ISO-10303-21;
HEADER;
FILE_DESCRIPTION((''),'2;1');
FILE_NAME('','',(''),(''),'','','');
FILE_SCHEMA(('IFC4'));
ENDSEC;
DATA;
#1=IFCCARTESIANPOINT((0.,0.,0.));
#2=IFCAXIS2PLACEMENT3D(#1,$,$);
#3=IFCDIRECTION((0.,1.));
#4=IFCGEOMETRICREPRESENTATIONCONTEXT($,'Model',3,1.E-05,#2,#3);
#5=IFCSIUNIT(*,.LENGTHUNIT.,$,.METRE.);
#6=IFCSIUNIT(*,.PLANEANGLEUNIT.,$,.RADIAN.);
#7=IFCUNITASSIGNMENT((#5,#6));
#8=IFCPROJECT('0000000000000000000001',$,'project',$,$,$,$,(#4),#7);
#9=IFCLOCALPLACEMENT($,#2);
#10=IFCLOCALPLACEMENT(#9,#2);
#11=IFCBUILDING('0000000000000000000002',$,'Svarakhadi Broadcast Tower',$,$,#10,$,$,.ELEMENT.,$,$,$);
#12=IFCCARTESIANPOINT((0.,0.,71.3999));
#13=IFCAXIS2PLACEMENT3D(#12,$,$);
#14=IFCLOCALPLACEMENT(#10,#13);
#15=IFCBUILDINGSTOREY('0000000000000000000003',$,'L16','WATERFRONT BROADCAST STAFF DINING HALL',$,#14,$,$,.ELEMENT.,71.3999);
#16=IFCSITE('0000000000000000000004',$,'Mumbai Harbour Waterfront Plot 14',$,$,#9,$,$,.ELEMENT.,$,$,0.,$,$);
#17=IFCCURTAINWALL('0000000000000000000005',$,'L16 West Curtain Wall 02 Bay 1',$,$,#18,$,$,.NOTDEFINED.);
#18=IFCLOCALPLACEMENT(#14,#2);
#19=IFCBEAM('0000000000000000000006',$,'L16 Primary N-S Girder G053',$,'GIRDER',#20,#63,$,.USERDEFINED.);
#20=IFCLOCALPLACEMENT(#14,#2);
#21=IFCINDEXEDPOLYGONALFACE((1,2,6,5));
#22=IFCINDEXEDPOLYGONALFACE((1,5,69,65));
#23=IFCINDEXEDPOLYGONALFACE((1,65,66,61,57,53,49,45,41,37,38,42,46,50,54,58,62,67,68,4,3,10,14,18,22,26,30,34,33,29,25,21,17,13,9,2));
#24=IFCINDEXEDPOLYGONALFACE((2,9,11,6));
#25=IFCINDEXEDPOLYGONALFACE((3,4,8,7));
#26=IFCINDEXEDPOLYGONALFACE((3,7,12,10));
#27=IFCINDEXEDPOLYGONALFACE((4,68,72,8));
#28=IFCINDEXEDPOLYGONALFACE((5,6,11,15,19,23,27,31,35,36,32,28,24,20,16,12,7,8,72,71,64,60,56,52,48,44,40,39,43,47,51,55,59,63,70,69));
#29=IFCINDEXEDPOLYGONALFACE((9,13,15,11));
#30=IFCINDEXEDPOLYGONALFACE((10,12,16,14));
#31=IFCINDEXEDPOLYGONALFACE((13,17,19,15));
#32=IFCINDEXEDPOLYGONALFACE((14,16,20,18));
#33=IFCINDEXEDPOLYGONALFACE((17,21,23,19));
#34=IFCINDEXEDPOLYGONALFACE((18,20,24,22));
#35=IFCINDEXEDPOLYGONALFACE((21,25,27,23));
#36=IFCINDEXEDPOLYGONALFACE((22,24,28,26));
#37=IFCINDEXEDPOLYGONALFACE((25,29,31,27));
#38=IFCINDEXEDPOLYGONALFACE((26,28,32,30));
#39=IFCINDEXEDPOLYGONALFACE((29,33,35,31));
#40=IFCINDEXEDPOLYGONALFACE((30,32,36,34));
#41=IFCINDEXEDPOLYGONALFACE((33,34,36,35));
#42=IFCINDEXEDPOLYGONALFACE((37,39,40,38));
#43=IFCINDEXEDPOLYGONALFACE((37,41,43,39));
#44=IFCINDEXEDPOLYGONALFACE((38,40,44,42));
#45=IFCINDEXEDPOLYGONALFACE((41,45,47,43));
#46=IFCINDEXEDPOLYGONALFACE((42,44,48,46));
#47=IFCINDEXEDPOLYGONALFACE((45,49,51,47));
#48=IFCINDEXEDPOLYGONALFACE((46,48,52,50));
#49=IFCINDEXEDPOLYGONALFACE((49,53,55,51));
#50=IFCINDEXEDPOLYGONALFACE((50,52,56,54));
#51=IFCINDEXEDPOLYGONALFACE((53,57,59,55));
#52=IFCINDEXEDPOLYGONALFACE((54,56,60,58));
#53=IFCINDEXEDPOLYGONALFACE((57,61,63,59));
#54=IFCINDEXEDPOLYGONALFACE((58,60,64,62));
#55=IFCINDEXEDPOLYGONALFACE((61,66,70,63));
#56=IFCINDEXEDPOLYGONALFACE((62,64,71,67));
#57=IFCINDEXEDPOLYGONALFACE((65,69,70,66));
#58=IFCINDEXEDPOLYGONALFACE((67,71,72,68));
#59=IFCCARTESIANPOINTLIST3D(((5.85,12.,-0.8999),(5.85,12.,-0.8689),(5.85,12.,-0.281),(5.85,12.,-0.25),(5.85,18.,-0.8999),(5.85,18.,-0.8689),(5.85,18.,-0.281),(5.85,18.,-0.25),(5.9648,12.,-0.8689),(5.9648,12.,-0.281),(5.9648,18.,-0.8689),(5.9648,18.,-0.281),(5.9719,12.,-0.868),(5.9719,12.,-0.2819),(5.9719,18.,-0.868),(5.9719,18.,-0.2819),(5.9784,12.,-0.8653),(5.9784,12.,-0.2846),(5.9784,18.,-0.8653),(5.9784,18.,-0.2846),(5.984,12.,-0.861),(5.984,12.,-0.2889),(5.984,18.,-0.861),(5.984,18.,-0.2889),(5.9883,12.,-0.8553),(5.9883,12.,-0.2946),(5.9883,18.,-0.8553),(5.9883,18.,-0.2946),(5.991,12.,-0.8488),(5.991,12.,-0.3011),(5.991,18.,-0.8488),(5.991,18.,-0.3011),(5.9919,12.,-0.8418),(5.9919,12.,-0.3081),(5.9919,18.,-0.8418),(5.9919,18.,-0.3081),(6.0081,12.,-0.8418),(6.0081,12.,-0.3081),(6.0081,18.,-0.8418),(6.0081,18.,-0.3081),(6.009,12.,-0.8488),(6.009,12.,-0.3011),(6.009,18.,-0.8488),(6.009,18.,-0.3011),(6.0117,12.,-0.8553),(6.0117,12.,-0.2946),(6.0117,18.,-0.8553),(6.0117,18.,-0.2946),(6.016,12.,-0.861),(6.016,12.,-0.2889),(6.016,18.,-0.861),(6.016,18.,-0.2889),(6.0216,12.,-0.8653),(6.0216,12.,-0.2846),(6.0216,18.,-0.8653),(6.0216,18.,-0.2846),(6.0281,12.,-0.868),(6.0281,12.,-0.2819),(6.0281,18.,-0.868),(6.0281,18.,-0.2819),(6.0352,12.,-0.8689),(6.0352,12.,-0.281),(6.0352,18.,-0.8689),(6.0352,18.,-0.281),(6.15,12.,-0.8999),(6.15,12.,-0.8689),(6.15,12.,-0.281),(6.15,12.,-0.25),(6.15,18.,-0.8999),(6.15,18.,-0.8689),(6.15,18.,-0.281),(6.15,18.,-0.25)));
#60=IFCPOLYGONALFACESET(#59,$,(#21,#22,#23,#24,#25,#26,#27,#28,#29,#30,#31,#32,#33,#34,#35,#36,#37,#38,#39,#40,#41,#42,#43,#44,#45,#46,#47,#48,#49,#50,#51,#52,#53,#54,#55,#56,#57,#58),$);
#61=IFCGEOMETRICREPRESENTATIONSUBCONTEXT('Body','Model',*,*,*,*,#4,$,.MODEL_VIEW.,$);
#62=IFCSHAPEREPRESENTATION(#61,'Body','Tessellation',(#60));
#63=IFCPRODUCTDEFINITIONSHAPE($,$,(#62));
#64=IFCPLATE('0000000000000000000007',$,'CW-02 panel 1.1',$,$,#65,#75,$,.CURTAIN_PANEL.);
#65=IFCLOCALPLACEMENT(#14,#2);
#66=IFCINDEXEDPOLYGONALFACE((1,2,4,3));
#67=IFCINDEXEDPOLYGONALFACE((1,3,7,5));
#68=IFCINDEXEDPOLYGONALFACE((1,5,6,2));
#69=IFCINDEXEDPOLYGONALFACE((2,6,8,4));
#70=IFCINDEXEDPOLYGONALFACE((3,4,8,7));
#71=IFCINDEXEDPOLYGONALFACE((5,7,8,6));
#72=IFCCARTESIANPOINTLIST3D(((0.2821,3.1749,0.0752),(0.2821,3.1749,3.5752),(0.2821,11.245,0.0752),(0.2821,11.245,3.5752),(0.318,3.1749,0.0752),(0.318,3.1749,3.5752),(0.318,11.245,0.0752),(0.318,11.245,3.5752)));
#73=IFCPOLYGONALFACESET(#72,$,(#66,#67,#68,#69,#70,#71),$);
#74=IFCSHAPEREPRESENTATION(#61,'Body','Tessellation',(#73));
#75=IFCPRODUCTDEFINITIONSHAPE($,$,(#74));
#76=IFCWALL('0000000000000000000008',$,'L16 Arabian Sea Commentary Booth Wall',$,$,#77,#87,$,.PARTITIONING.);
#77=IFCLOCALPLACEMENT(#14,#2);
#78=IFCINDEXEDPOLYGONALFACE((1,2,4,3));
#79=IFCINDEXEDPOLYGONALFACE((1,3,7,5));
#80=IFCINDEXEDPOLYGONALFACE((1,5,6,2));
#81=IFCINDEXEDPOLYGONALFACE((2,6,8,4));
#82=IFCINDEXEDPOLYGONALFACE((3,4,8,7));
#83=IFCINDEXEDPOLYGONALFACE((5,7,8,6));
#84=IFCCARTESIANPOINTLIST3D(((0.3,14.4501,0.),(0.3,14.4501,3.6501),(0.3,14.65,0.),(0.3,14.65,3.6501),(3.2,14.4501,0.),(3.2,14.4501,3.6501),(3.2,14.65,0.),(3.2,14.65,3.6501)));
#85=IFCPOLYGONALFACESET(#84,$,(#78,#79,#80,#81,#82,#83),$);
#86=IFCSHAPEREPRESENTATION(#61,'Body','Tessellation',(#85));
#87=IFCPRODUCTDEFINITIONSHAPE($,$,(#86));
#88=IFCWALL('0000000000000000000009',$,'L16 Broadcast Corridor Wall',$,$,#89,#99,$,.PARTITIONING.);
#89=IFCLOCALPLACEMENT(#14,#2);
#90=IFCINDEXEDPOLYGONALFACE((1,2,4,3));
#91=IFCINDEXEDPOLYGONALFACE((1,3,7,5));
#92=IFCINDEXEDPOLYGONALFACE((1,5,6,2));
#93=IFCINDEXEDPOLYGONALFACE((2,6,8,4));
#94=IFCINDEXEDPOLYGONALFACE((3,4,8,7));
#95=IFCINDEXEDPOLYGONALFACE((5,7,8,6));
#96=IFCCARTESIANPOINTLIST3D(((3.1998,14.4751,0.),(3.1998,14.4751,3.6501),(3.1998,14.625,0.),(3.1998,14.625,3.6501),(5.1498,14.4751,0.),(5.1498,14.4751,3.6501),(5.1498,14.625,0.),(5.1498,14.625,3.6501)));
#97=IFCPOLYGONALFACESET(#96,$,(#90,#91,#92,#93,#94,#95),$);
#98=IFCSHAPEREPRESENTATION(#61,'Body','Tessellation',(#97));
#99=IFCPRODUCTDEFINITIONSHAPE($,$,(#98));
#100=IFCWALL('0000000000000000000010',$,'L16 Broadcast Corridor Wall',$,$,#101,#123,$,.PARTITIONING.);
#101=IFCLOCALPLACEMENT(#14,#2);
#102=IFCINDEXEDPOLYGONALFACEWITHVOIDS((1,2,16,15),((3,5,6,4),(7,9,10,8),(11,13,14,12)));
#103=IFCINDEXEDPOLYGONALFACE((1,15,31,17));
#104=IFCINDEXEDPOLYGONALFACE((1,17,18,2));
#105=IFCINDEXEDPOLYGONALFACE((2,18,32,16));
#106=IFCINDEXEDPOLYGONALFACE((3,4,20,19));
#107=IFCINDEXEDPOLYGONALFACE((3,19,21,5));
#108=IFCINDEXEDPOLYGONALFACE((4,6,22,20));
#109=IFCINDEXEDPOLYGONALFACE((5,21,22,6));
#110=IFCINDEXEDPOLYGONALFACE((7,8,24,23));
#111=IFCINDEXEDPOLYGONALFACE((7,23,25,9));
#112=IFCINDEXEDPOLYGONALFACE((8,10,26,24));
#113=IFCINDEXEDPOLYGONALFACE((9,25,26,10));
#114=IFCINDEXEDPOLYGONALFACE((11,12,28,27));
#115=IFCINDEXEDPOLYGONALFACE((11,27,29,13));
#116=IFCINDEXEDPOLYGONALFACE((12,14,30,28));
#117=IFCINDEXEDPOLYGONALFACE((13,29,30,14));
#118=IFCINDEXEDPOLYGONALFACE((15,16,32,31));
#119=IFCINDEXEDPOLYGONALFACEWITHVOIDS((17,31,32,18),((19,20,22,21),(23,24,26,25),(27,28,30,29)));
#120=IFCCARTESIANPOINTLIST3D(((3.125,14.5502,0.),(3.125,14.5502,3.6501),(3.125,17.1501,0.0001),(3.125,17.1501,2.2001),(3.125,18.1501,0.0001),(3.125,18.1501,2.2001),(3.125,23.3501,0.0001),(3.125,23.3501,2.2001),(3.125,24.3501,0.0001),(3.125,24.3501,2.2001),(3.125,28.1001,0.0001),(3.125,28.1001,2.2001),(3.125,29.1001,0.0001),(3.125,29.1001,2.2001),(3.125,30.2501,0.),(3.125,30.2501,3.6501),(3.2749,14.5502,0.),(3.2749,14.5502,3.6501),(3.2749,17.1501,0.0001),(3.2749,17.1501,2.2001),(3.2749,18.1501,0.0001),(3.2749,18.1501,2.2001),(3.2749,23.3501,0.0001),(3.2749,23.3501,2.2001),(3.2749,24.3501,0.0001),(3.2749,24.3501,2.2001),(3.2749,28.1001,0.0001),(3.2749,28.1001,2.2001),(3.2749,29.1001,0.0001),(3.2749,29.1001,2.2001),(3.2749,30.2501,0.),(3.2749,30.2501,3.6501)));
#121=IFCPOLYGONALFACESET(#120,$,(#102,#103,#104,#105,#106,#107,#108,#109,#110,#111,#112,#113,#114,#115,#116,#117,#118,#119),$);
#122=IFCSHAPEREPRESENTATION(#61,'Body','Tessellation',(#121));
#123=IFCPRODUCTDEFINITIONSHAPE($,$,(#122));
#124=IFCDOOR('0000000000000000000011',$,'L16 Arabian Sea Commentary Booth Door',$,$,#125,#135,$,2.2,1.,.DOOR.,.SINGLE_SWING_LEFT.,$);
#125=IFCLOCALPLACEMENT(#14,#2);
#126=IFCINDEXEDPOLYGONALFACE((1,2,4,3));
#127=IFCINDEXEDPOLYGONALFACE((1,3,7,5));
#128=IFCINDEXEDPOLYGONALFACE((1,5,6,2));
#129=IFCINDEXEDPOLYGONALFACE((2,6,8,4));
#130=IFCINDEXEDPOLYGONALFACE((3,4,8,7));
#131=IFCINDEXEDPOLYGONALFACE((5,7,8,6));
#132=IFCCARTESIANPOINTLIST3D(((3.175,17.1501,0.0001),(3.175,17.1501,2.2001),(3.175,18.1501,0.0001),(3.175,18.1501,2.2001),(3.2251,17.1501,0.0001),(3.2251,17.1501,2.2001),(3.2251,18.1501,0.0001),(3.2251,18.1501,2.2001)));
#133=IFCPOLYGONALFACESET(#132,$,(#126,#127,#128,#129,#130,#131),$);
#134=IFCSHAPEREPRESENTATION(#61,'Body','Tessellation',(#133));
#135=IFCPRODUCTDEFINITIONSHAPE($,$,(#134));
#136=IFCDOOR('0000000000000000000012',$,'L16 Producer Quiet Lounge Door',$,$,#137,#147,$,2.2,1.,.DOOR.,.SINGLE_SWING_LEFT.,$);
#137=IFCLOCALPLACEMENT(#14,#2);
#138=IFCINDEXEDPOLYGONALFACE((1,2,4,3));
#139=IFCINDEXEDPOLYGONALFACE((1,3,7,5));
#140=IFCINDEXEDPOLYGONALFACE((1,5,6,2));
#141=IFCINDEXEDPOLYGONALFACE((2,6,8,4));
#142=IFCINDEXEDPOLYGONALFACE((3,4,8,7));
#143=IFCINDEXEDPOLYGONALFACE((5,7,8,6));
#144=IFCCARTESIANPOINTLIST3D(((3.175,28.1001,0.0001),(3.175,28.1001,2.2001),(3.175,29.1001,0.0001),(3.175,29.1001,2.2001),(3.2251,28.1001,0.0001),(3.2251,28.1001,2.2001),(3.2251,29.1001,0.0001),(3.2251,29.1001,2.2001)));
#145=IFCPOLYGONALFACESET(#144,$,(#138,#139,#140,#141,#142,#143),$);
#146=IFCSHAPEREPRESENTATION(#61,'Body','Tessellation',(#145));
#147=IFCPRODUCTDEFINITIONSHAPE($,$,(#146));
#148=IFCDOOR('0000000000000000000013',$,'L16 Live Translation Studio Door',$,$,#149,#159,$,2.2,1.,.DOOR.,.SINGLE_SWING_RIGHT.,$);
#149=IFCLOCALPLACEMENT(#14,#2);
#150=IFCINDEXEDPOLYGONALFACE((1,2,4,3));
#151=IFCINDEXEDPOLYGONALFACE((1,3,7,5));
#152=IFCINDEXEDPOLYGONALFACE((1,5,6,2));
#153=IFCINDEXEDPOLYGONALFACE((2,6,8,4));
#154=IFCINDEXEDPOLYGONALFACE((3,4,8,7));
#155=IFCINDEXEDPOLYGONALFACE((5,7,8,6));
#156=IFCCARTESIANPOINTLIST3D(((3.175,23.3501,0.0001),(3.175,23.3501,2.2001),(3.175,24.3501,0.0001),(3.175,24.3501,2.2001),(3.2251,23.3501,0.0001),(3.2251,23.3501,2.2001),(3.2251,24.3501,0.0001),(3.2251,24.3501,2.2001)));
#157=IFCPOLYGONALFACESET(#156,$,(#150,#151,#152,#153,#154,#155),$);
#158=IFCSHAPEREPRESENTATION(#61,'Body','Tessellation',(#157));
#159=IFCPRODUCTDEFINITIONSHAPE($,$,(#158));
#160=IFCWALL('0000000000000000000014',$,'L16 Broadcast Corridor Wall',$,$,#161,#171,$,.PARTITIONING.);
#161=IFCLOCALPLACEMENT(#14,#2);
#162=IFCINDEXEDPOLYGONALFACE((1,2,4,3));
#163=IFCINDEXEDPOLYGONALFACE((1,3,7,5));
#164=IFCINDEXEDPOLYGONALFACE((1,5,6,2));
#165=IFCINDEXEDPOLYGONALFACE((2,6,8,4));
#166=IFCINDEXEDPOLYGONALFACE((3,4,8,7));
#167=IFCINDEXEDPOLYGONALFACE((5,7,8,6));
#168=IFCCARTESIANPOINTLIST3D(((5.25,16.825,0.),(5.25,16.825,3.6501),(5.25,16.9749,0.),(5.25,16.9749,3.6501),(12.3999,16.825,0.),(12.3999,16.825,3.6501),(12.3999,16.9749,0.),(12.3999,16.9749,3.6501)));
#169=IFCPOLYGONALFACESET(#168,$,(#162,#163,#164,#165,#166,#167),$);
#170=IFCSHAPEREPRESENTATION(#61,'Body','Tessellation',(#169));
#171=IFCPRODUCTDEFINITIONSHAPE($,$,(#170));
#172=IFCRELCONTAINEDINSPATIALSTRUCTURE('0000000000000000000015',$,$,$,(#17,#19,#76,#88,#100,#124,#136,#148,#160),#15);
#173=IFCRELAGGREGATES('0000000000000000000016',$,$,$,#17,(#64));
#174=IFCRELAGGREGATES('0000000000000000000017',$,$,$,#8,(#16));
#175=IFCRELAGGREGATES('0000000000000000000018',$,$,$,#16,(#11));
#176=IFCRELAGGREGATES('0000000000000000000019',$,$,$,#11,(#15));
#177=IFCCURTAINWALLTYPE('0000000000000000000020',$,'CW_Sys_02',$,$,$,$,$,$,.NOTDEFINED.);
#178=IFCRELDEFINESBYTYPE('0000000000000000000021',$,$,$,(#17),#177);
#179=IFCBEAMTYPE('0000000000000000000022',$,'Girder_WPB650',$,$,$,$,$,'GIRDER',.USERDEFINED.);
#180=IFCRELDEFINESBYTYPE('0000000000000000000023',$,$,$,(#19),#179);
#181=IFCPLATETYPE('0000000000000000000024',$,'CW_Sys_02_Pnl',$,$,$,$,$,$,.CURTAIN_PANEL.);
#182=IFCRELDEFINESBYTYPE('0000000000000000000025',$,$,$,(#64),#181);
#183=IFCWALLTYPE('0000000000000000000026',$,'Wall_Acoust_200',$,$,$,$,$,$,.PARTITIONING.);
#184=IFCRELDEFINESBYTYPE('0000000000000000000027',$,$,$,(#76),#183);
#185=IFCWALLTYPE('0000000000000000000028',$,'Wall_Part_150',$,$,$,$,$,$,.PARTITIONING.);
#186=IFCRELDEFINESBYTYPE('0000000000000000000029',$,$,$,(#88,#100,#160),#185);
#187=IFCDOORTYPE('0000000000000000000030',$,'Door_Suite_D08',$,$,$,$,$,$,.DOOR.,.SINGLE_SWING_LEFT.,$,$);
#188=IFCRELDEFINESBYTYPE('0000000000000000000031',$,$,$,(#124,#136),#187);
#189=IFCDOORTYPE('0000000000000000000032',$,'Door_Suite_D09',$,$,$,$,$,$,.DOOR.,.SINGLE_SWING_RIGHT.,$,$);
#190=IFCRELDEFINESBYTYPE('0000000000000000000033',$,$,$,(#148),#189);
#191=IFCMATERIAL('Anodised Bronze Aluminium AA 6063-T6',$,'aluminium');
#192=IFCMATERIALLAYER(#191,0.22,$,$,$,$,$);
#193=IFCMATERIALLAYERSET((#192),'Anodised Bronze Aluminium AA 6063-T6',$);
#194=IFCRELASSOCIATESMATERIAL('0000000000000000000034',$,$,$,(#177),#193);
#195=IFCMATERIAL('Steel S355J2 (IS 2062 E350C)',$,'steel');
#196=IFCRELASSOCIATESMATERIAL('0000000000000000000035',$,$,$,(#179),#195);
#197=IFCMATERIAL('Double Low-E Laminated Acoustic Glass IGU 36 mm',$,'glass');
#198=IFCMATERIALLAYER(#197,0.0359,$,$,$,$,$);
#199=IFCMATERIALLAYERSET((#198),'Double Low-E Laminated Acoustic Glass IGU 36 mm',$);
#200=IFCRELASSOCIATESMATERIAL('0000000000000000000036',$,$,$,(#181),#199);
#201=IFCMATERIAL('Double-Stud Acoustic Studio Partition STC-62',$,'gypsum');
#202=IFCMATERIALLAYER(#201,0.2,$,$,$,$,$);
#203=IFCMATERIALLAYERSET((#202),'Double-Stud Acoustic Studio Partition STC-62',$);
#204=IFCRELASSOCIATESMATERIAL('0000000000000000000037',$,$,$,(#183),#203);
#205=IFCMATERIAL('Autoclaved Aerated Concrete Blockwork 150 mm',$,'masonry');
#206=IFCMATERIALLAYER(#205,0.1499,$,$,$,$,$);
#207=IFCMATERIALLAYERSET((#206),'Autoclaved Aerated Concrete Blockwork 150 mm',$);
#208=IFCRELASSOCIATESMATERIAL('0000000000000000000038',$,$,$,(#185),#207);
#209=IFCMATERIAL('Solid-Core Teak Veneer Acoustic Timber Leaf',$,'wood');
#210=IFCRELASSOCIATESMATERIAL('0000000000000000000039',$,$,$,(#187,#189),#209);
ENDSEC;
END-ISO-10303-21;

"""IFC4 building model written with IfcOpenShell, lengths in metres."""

from ifc_helpers import new_model, si_unit, direction, frame, frame_2d, origin, origin_2d, place, context, subcontext, project, spatial, rectangle, i_section, extrude, material, layer, layer_set, material_profile, profile_set, type_object, element, fill, aggregate, save


model = new_model("IFC4")

# Units and contexts
model_context = context("Model", 3, precision=1e-05, world=origin(), true_north=direction((0.0, 1.0)))
body_context = subcontext(model_context, "Body", "Model", "MODEL_VIEW")
ifc_project = project(units=[si_unit("LENGTHUNIT", "METRE"), si_unit("PLANEANGLEUNIT", "RADIAN")], contexts=[model_context])

# Site, building, storey
site_placement = place(None, origin())
site = spatial("IfcSite", under=ifc_project, at=site_placement, Name="Mumbai Harbour Waterfront Plot 14", CompositionType="ELEMENT", RefElevation=0.0)
building_placement = place(site_placement, origin())
building = spatial("IfcBuilding", under=site, at=building_placement, Name="Svarakhadi Broadcast Tower", CompositionType="ELEMENT")
storey_placement = place(building_placement, frame((0.0, 0.0, 71.3999)))
storey = spatial("IfcBuildingStorey", under=building, at=storey_placement, Name="L16", Description="WATERFRONT BROADCAST STAFF DINING HALL", CompositionType="ELEMENT", Elevation=71.3999)

# Shared definitions
ifc_material_1 = material(Name="Steel S355J2 (IS 2062 E350C)", Category="steel")

# Curtain wall
ifc_material_2 = material(Name="Anodised Bronze Aluminium AA 6063-T6", Category="aluminium")
ifc_layer_1 = layer(ifc_material_2, 0.22)
ifc_layer_set_1 = layer_set([ifc_layer_1], Name="Anodised Bronze Aluminium AA 6063-T6")
curtain_wall_type = type_object("IfcCurtainWallType", Name="CW_Sys_02", PredefinedType="NOTDEFINED", material=ifc_layer_set_1)
curtain_wall_1_placement = place(storey_placement, origin())
curtain_wall_1 = element("IfcCurtainWall", 1, at=curtain_wall_1_placement, inside=storey, type_object=curtain_wall_type, Name="L16 West Curtain Wall 02 Bay 1", PredefinedType="NOTDEFINED")

# Beam
ifc_material_profile_1 = material_profile(ifc_material_1, i_section(OverallWidth=0.3, OverallDepth=0.6499, WebThickness=0.0161, FlangeThickness=0.031, FilletRadius=0.0271, at=origin_2d()), Name="WPB 650x300x225")
ifc_profile_set_1 = profile_set([ifc_material_profile_1], Name="Steel S355J2 (IS 2062 E350C)")
beam_type_1 = type_object("IfcBeamType", Name="Girder_WPB650", ElementType="GIRDER", PredefinedType="USERDEFINED", material=ifc_profile_set_1)
for number, where, z_axis, x_axis, name in (
    (2, (6.0, 12.0, -0.575), (0.0, 1.0, 0.0), (-1.0, 0.0, 0.0), "L16 Primary N-S Girder G053"),
):
    element("IfcBeam", number, at=place(storey_placement, frame(where, z_axis=z_axis, x_axis=x_axis)), inside=storey, type_object=beam_type_1, Name=name, ObjectType="GIRDER", PredefinedType="USERDEFINED", context=body_context, shape_type="SweptSolid", body=[
        extrude(i_section(OverallWidth=0.3, OverallDepth=0.6499, WebThickness=0.0161, FlangeThickness=0.031, FilletRadius=0.0271, at=origin_2d()), origin(), (0.0, 0.0, 1.0), 6.0),
    ])

# Plate
ifc_material_3 = material(Name="Double Low-E Laminated Acoustic Glass IGU 36 mm", Category="glass")
ifc_layer_2 = layer(ifc_material_3, 0.0359)
ifc_layer_set_2 = layer_set([ifc_layer_2], Name="Double Low-E Laminated Acoustic Glass IGU 36 mm")
plate_type = type_object("IfcPlateType", Name="CW_Sys_02_Pnl", PredefinedType="CURTAIN_PANEL", material=ifc_layer_set_2)
plate_placement = place(storey_placement, frame((0.3, 7.21, 0.0752), z_axis=(0.0, 0.0, 1.0), x_axis=(0.0, 1.0, 0.0)))
plate = element("IfcPlate", 3, at=plate_placement, type_object=plate_type, Name="CW-02 panel 1.1", PredefinedType="CURTAIN_PANEL", context=body_context, shape_type="SweptSolid", body=[
    extrude(rectangle(XDim=8.0701, YDim=0.0359, at=origin_2d()), origin(), (0.0, 0.0, 1.0), 3.5),
])
aggregate(curtain_wall_1, [plate])

# Walls
ifc_material_4 = material(Name="Double-Stud Acoustic Studio Partition STC-62", Category="gypsum")
ifc_layer_3 = layer(ifc_material_4, 0.2)
ifc_layer_set_3 = layer_set([ifc_layer_3], Name="Double-Stud Acoustic Studio Partition STC-62")
wall_type_1 = type_object("IfcWallType", Name="Wall_Acoust_200", PredefinedType="PARTITIONING", material=ifc_layer_set_3)
wall_1_placement = place(storey_placement, frame((0.3, 14.55, 0.0), z_axis=(0.0, 0.0, 1.0), x_axis=(1.0, 0.0, 0.0)))
element("IfcWall", 4, at=wall_1_placement, inside=storey, type_object=wall_type_1, Name="L16 Arabian Sea Commentary Booth Wall", PredefinedType="PARTITIONING", context=body_context, shape_type="SweptSolid", body=[
    extrude(rectangle(XDim=2.8999, YDim=0.2, at=frame_2d((1.45, 0.0))), origin(), (0.0, 0.0, 1.0), 3.6501),
])
ifc_material_5 = material(Name="Autoclaved Aerated Concrete Blockwork 150 mm", Category="masonry")
ifc_layer_4 = layer(ifc_material_5, 0.1499)
ifc_layer_set_4 = layer_set([ifc_layer_4], Name="Autoclaved Aerated Concrete Blockwork 150 mm")
wall_type_2 = type_object("IfcWallType", Name="Wall_Part_150", PredefinedType="PARTITIONING", material=ifc_layer_set_4)
wall_2_placement = place(storey_placement, frame((5.1499, 14.55, 0.0), z_axis=(0.0, 0.0, 1.0), x_axis=(-1.0, 0.0, 0.0)))
element("IfcWall", 5, at=wall_2_placement, inside=storey, type_object=wall_type_2, Name="L16 Broadcast Corridor Wall", PredefinedType="PARTITIONING", context=body_context, shape_type="SweptSolid", body=[
    extrude(rectangle(XDim=1.95, YDim=0.1499, at=frame_2d((0.9751, 0.0))), origin(), (0.0, 0.0, 1.0), 3.6501),
])

# Wall, openings, doors
wall_3_placement = place(storey_placement, frame((3.2, 14.55, 0.0), z_axis=(0.0, 0.0, 1.0), x_axis=(0.0, 1.0, 0.0)))
wall_3 = element("IfcWall", 6, at=wall_3_placement, inside=storey, type_object=wall_type_2, Name="L16 Broadcast Corridor Wall", PredefinedType="PARTITIONING", context=body_context, shape_type="SweptSolid", body=[
    extrude(rectangle(XDim=15.7, YDim=0.1499, at=frame_2d((7.8501, 0.0))), origin(), (0.0, 0.0, 1.0), 3.6501),
])
opening_1_placement = place(wall_3_placement, frame((2.6001, 0.0, 0.0)))
opening_1 = element("IfcOpeningElement", 7, at=opening_1_placement, cuts=wall_3, PredefinedType="OPENING", context=body_context, shape_type="SweptSolid", body=[
    extrude(rectangle(XDim=1.0, YDim=2.2, at=frame_2d((0.5, 1.1001))), frame((0.0, 0.085, 0.0), z_axis=(0.0, -1.0, 0.0), x_axis=(1.0, 0.0, 0.0)), (0.0, 0.0, 1.0), 0.1699),
])
opening_2_placement = place(wall_3_placement, frame((8.8, 0.0, 0.0)))
opening_2 = element("IfcOpeningElement", 8, at=opening_2_placement, cuts=wall_3, PredefinedType="OPENING", context=body_context, shape_type="SweptSolid", body=[
    extrude(rectangle(XDim=1.0, YDim=2.2, at=frame_2d((0.5, 1.1001))), frame((0.0, 0.085, 0.0), z_axis=(0.0, -1.0, 0.0), x_axis=(1.0, 0.0, 0.0)), (0.0, 0.0, 1.0), 0.1699),
])
opening_3_placement = place(wall_3_placement, frame((13.55, 0.0, 0.0)))
opening_3 = element("IfcOpeningElement", 9, at=opening_3_placement, cuts=wall_3, PredefinedType="OPENING", context=body_context, shape_type="SweptSolid", body=[
    extrude(rectangle(XDim=1.0, YDim=2.2, at=frame_2d((0.5, 1.1001))), frame((0.0, 0.085, 0.0), z_axis=(0.0, -1.0, 0.0), x_axis=(1.0, 0.0, 0.0)), (0.0, 0.0, 1.0), 0.1699),
])
ifc_material_6 = material(Name="Solid-Core Teak Veneer Acoustic Timber Leaf", Category="wood")
door_type_1 = type_object("IfcDoorType", Name="Door_Suite_D08", OperationType="SINGLE_SWING_LEFT", PredefinedType="DOOR", material=ifc_material_6)
door_1_placement = place(opening_1_placement, origin())
door_1 = element("IfcDoor", 10, at=door_1_placement, inside=storey, type_object=door_type_1, Name="L16 Arabian Sea Commentary Booth Door", OperationType="SINGLE_SWING_LEFT", OverallHeight=2.2, OverallWidth=1.0, PredefinedType="DOOR", context=body_context, shape_type="SweptSolid", body=[
    extrude(rectangle(XDim=1.0, YDim=2.2, at=frame_2d((0.5, 1.1001))), frame((0.0, 0.0249, 0.0), z_axis=(0.0, -1.0, 0.0), x_axis=(1.0, 0.0, 0.0)), (0.0, 0.0, 1.0), 0.05),
])
fill(opening_1, door_1)
door_2_placement = place(opening_3_placement, origin())
door_2 = element("IfcDoor", 11, at=door_2_placement, inside=storey, type_object=door_type_1, Name="L16 Producer Quiet Lounge Door", OperationType="SINGLE_SWING_LEFT", OverallHeight=2.2, OverallWidth=1.0, PredefinedType="DOOR", context=body_context, shape_type="SweptSolid", body=[
    extrude(rectangle(XDim=1.0, YDim=2.2, at=frame_2d((0.5, 1.1001))), frame((0.0, 0.0249, 0.0), z_axis=(0.0, -1.0, 0.0), x_axis=(1.0, 0.0, 0.0)), (0.0, 0.0, 1.0), 0.05),
])
fill(opening_3, door_2)
door_type_2 = type_object("IfcDoorType", Name="Door_Suite_D09", OperationType="SINGLE_SWING_RIGHT", PredefinedType="DOOR", material=ifc_material_6)
door_3_placement = place(opening_2_placement, origin())
door_3 = element("IfcDoor", 12, at=door_3_placement, inside=storey, type_object=door_type_2, Name="L16 Live Translation Studio Door", OperationType="SINGLE_SWING_RIGHT", OverallHeight=2.2, OverallWidth=1.0, PredefinedType="DOOR", context=body_context, shape_type="SweptSolid", body=[
    extrude(rectangle(XDim=1.0, YDim=2.2, at=frame_2d((0.5, 1.1001))), frame((0.0, 0.0249, 0.0), z_axis=(0.0, -1.0, 0.0), x_axis=(1.0, 0.0, 0.0)), (0.0, 0.0, 1.0), 0.05),
])
fill(opening_2, door_3)

# Wall
wall_4_placement = place(storey_placement, frame((5.25, 16.8999, 0.0), z_axis=(0.0, 0.0, 1.0), x_axis=(1.0, 0.0, 0.0)))
element("IfcWall", 13, at=wall_4_placement, inside=storey, type_object=wall_type_2, Name="L16 Broadcast Corridor Wall", PredefinedType="PARTITIONING", context=body_context, shape_type="SweptSolid", body=[
    extrude(rectangle(XDim=7.1499, YDim=0.1499, at=frame_2d((3.575, 0.0))), origin(), (0.0, 0.0, 1.0), 3.6501),
])

save(model, "model.ifc")
